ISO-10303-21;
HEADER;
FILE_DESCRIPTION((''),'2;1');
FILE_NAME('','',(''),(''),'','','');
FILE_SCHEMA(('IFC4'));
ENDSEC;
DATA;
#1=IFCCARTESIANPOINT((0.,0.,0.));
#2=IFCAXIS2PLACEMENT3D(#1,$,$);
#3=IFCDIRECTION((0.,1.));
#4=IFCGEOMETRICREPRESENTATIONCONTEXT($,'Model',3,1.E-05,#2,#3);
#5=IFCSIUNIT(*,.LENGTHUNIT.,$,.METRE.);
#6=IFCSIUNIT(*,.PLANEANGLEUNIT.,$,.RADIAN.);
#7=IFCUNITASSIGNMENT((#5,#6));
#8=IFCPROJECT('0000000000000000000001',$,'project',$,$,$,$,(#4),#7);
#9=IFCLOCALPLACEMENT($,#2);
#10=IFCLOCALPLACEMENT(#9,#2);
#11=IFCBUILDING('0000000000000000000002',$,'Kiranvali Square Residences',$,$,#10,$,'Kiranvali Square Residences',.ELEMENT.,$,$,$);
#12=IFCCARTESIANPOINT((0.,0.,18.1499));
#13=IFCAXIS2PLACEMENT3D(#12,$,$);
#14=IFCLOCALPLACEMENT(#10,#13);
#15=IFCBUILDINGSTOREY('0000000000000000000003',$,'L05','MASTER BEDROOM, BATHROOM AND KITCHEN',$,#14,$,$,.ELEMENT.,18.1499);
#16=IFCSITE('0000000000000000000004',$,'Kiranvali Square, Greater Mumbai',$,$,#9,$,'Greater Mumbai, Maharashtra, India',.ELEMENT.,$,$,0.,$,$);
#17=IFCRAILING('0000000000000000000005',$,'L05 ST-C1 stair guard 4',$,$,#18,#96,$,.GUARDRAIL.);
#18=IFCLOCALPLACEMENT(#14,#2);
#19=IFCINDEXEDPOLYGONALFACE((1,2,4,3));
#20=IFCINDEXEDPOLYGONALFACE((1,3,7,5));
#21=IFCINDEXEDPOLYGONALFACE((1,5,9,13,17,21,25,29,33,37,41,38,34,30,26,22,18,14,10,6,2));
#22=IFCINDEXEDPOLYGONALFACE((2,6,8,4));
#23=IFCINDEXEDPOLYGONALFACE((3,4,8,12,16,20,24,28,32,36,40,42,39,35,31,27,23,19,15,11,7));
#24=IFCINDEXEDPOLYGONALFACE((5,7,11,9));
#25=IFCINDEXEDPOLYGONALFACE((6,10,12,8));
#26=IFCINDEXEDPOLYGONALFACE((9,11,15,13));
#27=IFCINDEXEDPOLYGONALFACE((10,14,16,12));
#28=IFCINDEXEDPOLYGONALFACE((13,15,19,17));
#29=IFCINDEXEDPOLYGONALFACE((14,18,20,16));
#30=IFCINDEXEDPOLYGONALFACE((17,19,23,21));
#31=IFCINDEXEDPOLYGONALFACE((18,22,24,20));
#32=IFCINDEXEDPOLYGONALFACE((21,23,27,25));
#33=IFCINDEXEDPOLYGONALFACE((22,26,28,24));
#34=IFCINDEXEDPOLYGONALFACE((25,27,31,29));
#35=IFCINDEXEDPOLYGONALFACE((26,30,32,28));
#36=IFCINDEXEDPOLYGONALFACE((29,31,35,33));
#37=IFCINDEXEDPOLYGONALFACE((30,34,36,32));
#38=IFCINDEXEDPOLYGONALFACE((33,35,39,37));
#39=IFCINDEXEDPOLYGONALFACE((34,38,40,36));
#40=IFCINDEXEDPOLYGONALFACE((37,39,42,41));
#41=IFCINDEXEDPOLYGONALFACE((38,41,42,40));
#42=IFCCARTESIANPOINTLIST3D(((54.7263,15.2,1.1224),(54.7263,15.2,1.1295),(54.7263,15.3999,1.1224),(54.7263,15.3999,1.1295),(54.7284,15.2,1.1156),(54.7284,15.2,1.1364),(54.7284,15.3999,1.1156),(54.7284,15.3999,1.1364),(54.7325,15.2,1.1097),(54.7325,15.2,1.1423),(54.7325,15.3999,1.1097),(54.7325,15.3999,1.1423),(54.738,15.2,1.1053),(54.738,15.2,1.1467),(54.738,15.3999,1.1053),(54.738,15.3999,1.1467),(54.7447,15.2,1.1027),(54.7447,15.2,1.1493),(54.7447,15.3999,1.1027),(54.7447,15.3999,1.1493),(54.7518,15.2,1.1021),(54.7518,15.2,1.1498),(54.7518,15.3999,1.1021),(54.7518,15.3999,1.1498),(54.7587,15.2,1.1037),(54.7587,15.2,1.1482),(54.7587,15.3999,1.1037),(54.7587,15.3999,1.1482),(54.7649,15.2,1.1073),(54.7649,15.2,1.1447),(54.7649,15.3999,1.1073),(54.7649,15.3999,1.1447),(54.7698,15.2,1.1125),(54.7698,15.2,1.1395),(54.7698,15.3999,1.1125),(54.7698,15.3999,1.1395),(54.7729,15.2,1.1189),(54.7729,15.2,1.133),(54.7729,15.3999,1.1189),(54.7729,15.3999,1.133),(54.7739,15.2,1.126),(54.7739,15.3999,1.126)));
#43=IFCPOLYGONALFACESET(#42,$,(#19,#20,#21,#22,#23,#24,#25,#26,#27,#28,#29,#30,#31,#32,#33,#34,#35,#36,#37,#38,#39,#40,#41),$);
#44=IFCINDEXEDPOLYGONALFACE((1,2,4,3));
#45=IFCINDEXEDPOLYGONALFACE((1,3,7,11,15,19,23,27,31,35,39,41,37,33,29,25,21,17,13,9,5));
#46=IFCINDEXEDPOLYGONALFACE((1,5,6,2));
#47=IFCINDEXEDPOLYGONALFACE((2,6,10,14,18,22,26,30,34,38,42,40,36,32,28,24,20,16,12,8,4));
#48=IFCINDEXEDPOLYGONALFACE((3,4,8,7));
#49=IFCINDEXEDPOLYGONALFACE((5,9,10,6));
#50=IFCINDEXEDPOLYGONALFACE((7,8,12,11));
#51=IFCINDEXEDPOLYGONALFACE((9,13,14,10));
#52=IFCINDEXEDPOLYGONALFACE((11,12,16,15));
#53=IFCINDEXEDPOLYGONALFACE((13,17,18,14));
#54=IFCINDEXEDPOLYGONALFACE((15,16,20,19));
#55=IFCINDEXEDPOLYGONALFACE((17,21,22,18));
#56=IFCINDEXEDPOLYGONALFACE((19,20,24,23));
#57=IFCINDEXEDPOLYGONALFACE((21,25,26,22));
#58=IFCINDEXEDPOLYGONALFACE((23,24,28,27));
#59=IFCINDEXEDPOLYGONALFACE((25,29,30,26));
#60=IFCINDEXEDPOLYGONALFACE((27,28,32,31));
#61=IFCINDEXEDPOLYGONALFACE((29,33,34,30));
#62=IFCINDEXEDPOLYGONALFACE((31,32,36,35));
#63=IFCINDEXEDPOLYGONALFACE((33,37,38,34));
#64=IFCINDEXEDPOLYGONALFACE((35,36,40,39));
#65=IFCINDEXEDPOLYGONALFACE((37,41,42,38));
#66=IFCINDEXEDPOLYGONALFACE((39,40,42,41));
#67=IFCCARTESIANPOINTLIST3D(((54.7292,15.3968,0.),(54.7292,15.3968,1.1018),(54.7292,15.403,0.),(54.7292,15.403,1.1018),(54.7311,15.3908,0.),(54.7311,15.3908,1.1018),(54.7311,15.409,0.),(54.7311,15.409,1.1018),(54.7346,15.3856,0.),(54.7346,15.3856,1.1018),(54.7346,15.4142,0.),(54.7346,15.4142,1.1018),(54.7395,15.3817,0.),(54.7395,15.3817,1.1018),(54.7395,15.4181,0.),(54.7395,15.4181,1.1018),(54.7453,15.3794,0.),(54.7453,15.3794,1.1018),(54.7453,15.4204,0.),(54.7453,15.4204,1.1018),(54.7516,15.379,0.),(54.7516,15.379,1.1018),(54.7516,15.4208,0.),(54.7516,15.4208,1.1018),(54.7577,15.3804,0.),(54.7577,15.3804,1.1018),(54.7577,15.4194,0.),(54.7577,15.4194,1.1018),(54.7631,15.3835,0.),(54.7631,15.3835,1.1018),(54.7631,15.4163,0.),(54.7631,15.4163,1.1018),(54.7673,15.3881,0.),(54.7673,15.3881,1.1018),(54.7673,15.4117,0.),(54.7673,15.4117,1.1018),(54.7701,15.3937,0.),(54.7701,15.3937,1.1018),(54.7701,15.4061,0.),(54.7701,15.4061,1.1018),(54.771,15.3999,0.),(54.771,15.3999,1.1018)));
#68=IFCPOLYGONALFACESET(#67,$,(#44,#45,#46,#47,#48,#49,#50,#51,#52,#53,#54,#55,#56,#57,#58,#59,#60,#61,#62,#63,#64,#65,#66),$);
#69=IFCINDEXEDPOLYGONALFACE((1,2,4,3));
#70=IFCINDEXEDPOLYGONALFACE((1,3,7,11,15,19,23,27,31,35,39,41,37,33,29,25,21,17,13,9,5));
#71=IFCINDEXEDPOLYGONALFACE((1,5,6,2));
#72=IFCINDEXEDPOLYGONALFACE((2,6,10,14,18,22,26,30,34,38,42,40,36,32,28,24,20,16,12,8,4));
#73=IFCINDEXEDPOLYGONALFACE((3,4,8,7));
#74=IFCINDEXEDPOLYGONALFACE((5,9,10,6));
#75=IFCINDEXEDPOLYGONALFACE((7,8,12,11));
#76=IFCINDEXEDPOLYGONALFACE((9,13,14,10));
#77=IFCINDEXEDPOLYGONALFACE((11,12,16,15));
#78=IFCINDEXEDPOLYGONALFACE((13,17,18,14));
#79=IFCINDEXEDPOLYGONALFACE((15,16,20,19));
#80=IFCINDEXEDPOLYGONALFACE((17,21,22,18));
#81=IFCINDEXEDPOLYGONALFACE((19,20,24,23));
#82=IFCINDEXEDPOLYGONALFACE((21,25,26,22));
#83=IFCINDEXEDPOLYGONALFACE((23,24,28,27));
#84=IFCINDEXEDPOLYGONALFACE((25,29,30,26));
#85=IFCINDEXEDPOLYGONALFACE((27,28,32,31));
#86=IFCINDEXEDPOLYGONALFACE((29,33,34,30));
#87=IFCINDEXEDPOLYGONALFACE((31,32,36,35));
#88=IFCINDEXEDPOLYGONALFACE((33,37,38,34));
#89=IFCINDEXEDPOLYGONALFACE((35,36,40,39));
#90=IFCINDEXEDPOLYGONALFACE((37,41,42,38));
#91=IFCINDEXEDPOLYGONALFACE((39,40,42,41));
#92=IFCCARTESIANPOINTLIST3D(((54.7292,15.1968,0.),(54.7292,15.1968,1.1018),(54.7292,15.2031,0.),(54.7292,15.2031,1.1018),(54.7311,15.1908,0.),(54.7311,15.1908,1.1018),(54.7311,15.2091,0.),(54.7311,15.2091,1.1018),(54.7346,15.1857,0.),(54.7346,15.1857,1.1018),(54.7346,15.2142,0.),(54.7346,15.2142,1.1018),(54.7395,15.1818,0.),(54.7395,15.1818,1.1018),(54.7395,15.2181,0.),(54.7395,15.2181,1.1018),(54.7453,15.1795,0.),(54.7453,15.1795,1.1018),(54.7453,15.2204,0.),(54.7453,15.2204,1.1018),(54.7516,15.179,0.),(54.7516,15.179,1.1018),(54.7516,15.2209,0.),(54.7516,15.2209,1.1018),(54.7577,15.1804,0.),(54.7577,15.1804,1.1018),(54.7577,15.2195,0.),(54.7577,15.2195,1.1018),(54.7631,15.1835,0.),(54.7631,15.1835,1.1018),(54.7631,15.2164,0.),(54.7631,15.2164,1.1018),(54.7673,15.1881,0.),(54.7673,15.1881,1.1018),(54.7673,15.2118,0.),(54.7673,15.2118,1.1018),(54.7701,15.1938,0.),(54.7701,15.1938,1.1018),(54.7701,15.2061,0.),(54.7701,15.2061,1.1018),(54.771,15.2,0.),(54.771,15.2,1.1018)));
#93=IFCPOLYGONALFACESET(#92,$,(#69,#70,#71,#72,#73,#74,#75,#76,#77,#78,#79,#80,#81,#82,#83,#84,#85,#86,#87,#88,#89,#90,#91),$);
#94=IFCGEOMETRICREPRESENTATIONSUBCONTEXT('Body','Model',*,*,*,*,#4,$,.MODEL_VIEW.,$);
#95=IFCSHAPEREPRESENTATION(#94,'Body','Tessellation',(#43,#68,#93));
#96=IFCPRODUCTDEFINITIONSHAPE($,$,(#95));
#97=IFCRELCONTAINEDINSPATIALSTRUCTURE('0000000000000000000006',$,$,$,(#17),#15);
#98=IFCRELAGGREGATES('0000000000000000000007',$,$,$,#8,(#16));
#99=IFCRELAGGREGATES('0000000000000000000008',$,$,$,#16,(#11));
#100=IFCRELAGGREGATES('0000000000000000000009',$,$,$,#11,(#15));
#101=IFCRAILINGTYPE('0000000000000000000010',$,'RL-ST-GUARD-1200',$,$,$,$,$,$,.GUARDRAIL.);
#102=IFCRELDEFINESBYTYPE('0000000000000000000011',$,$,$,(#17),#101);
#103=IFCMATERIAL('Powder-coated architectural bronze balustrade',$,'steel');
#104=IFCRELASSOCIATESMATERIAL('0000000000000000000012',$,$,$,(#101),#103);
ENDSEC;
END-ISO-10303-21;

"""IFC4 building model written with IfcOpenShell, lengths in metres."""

from ifc_helpers import new_model, si_unit, direction, frame, origin, origin_2d, place, context, subcontext, project, spatial, circle, extrude, material, type_object, element, save


model = new_model("IFC4")

# Units and contexts
model_context = context("Model", 3, precision=1e-05, world=origin(), true_north=direction((0.0, 1.0)))
body_context = subcontext(model_context, "Body", "Model", "MODEL_VIEW")
ifc_project = project(units=[si_unit("LENGTHUNIT", "METRE"), si_unit("PLANEANGLEUNIT", "RADIAN")], contexts=[model_context])

# Site, building, storey
site_placement = place(None, origin())
site = spatial("IfcSite", under=ifc_project, at=site_placement, Name="Kiranvali Square, Greater Mumbai", LongName="Greater Mumbai, Maharashtra, India", CompositionType="ELEMENT", RefElevation=0.0)
building_placement = place(site_placement, origin())
building = spatial("IfcBuilding", under=site, at=building_placement, Name="Kiranvali Square Residences", LongName="Kiranvali Square Residences", CompositionType="ELEMENT")
storey_placement = place(building_placement, frame((0.0, 0.0, 18.1499)))
storey = spatial("IfcBuildingStorey", under=building, at=storey_placement, Name="L05", Description="MASTER BEDROOM, BATHROOM AND KITCHEN", CompositionType="ELEMENT", Elevation=18.1499)

# Railing
ifc_material_1 = material(Name="Powder-coated architectural bronze balustrade", Category="steel")
railing_type_1 = type_object("IfcRailingType", Name="RL-ST-GUARD-1200", PredefinedType="GUARDRAIL", material=ifc_material_1)
railing_1_placement = place(storey_placement, frame((54.75, 15.3999, 0.0)))
element("IfcRailing", 1, at=railing_1_placement, inside=storey, type_object=railing_type_1, Name="L05 ST-C1 stair guard 4", PredefinedType="GUARDRAIL", context=body_context, shape_type="SweptSolid", body=[
    extrude(circle(Radius=0.0239, at=origin_2d()), frame((0.0, 0.0, 1.126), z_axis=(0.0, -1.0, 0.0), x_axis=(1.0, 0.0, 0.0)), (0.0, 0.0, 1.0), 0.2),
    extrude(circle(Radius=0.021, at=origin_2d()), origin(), (0.0, 0.0, 1.0), 1.1018),
    extrude(circle(Radius=0.021, at=origin_2d()), frame((0.0, -0.2, 0.0)), (0.0, 0.0, 1.0), 1.1018),
])

save(model, "model.ifc")
